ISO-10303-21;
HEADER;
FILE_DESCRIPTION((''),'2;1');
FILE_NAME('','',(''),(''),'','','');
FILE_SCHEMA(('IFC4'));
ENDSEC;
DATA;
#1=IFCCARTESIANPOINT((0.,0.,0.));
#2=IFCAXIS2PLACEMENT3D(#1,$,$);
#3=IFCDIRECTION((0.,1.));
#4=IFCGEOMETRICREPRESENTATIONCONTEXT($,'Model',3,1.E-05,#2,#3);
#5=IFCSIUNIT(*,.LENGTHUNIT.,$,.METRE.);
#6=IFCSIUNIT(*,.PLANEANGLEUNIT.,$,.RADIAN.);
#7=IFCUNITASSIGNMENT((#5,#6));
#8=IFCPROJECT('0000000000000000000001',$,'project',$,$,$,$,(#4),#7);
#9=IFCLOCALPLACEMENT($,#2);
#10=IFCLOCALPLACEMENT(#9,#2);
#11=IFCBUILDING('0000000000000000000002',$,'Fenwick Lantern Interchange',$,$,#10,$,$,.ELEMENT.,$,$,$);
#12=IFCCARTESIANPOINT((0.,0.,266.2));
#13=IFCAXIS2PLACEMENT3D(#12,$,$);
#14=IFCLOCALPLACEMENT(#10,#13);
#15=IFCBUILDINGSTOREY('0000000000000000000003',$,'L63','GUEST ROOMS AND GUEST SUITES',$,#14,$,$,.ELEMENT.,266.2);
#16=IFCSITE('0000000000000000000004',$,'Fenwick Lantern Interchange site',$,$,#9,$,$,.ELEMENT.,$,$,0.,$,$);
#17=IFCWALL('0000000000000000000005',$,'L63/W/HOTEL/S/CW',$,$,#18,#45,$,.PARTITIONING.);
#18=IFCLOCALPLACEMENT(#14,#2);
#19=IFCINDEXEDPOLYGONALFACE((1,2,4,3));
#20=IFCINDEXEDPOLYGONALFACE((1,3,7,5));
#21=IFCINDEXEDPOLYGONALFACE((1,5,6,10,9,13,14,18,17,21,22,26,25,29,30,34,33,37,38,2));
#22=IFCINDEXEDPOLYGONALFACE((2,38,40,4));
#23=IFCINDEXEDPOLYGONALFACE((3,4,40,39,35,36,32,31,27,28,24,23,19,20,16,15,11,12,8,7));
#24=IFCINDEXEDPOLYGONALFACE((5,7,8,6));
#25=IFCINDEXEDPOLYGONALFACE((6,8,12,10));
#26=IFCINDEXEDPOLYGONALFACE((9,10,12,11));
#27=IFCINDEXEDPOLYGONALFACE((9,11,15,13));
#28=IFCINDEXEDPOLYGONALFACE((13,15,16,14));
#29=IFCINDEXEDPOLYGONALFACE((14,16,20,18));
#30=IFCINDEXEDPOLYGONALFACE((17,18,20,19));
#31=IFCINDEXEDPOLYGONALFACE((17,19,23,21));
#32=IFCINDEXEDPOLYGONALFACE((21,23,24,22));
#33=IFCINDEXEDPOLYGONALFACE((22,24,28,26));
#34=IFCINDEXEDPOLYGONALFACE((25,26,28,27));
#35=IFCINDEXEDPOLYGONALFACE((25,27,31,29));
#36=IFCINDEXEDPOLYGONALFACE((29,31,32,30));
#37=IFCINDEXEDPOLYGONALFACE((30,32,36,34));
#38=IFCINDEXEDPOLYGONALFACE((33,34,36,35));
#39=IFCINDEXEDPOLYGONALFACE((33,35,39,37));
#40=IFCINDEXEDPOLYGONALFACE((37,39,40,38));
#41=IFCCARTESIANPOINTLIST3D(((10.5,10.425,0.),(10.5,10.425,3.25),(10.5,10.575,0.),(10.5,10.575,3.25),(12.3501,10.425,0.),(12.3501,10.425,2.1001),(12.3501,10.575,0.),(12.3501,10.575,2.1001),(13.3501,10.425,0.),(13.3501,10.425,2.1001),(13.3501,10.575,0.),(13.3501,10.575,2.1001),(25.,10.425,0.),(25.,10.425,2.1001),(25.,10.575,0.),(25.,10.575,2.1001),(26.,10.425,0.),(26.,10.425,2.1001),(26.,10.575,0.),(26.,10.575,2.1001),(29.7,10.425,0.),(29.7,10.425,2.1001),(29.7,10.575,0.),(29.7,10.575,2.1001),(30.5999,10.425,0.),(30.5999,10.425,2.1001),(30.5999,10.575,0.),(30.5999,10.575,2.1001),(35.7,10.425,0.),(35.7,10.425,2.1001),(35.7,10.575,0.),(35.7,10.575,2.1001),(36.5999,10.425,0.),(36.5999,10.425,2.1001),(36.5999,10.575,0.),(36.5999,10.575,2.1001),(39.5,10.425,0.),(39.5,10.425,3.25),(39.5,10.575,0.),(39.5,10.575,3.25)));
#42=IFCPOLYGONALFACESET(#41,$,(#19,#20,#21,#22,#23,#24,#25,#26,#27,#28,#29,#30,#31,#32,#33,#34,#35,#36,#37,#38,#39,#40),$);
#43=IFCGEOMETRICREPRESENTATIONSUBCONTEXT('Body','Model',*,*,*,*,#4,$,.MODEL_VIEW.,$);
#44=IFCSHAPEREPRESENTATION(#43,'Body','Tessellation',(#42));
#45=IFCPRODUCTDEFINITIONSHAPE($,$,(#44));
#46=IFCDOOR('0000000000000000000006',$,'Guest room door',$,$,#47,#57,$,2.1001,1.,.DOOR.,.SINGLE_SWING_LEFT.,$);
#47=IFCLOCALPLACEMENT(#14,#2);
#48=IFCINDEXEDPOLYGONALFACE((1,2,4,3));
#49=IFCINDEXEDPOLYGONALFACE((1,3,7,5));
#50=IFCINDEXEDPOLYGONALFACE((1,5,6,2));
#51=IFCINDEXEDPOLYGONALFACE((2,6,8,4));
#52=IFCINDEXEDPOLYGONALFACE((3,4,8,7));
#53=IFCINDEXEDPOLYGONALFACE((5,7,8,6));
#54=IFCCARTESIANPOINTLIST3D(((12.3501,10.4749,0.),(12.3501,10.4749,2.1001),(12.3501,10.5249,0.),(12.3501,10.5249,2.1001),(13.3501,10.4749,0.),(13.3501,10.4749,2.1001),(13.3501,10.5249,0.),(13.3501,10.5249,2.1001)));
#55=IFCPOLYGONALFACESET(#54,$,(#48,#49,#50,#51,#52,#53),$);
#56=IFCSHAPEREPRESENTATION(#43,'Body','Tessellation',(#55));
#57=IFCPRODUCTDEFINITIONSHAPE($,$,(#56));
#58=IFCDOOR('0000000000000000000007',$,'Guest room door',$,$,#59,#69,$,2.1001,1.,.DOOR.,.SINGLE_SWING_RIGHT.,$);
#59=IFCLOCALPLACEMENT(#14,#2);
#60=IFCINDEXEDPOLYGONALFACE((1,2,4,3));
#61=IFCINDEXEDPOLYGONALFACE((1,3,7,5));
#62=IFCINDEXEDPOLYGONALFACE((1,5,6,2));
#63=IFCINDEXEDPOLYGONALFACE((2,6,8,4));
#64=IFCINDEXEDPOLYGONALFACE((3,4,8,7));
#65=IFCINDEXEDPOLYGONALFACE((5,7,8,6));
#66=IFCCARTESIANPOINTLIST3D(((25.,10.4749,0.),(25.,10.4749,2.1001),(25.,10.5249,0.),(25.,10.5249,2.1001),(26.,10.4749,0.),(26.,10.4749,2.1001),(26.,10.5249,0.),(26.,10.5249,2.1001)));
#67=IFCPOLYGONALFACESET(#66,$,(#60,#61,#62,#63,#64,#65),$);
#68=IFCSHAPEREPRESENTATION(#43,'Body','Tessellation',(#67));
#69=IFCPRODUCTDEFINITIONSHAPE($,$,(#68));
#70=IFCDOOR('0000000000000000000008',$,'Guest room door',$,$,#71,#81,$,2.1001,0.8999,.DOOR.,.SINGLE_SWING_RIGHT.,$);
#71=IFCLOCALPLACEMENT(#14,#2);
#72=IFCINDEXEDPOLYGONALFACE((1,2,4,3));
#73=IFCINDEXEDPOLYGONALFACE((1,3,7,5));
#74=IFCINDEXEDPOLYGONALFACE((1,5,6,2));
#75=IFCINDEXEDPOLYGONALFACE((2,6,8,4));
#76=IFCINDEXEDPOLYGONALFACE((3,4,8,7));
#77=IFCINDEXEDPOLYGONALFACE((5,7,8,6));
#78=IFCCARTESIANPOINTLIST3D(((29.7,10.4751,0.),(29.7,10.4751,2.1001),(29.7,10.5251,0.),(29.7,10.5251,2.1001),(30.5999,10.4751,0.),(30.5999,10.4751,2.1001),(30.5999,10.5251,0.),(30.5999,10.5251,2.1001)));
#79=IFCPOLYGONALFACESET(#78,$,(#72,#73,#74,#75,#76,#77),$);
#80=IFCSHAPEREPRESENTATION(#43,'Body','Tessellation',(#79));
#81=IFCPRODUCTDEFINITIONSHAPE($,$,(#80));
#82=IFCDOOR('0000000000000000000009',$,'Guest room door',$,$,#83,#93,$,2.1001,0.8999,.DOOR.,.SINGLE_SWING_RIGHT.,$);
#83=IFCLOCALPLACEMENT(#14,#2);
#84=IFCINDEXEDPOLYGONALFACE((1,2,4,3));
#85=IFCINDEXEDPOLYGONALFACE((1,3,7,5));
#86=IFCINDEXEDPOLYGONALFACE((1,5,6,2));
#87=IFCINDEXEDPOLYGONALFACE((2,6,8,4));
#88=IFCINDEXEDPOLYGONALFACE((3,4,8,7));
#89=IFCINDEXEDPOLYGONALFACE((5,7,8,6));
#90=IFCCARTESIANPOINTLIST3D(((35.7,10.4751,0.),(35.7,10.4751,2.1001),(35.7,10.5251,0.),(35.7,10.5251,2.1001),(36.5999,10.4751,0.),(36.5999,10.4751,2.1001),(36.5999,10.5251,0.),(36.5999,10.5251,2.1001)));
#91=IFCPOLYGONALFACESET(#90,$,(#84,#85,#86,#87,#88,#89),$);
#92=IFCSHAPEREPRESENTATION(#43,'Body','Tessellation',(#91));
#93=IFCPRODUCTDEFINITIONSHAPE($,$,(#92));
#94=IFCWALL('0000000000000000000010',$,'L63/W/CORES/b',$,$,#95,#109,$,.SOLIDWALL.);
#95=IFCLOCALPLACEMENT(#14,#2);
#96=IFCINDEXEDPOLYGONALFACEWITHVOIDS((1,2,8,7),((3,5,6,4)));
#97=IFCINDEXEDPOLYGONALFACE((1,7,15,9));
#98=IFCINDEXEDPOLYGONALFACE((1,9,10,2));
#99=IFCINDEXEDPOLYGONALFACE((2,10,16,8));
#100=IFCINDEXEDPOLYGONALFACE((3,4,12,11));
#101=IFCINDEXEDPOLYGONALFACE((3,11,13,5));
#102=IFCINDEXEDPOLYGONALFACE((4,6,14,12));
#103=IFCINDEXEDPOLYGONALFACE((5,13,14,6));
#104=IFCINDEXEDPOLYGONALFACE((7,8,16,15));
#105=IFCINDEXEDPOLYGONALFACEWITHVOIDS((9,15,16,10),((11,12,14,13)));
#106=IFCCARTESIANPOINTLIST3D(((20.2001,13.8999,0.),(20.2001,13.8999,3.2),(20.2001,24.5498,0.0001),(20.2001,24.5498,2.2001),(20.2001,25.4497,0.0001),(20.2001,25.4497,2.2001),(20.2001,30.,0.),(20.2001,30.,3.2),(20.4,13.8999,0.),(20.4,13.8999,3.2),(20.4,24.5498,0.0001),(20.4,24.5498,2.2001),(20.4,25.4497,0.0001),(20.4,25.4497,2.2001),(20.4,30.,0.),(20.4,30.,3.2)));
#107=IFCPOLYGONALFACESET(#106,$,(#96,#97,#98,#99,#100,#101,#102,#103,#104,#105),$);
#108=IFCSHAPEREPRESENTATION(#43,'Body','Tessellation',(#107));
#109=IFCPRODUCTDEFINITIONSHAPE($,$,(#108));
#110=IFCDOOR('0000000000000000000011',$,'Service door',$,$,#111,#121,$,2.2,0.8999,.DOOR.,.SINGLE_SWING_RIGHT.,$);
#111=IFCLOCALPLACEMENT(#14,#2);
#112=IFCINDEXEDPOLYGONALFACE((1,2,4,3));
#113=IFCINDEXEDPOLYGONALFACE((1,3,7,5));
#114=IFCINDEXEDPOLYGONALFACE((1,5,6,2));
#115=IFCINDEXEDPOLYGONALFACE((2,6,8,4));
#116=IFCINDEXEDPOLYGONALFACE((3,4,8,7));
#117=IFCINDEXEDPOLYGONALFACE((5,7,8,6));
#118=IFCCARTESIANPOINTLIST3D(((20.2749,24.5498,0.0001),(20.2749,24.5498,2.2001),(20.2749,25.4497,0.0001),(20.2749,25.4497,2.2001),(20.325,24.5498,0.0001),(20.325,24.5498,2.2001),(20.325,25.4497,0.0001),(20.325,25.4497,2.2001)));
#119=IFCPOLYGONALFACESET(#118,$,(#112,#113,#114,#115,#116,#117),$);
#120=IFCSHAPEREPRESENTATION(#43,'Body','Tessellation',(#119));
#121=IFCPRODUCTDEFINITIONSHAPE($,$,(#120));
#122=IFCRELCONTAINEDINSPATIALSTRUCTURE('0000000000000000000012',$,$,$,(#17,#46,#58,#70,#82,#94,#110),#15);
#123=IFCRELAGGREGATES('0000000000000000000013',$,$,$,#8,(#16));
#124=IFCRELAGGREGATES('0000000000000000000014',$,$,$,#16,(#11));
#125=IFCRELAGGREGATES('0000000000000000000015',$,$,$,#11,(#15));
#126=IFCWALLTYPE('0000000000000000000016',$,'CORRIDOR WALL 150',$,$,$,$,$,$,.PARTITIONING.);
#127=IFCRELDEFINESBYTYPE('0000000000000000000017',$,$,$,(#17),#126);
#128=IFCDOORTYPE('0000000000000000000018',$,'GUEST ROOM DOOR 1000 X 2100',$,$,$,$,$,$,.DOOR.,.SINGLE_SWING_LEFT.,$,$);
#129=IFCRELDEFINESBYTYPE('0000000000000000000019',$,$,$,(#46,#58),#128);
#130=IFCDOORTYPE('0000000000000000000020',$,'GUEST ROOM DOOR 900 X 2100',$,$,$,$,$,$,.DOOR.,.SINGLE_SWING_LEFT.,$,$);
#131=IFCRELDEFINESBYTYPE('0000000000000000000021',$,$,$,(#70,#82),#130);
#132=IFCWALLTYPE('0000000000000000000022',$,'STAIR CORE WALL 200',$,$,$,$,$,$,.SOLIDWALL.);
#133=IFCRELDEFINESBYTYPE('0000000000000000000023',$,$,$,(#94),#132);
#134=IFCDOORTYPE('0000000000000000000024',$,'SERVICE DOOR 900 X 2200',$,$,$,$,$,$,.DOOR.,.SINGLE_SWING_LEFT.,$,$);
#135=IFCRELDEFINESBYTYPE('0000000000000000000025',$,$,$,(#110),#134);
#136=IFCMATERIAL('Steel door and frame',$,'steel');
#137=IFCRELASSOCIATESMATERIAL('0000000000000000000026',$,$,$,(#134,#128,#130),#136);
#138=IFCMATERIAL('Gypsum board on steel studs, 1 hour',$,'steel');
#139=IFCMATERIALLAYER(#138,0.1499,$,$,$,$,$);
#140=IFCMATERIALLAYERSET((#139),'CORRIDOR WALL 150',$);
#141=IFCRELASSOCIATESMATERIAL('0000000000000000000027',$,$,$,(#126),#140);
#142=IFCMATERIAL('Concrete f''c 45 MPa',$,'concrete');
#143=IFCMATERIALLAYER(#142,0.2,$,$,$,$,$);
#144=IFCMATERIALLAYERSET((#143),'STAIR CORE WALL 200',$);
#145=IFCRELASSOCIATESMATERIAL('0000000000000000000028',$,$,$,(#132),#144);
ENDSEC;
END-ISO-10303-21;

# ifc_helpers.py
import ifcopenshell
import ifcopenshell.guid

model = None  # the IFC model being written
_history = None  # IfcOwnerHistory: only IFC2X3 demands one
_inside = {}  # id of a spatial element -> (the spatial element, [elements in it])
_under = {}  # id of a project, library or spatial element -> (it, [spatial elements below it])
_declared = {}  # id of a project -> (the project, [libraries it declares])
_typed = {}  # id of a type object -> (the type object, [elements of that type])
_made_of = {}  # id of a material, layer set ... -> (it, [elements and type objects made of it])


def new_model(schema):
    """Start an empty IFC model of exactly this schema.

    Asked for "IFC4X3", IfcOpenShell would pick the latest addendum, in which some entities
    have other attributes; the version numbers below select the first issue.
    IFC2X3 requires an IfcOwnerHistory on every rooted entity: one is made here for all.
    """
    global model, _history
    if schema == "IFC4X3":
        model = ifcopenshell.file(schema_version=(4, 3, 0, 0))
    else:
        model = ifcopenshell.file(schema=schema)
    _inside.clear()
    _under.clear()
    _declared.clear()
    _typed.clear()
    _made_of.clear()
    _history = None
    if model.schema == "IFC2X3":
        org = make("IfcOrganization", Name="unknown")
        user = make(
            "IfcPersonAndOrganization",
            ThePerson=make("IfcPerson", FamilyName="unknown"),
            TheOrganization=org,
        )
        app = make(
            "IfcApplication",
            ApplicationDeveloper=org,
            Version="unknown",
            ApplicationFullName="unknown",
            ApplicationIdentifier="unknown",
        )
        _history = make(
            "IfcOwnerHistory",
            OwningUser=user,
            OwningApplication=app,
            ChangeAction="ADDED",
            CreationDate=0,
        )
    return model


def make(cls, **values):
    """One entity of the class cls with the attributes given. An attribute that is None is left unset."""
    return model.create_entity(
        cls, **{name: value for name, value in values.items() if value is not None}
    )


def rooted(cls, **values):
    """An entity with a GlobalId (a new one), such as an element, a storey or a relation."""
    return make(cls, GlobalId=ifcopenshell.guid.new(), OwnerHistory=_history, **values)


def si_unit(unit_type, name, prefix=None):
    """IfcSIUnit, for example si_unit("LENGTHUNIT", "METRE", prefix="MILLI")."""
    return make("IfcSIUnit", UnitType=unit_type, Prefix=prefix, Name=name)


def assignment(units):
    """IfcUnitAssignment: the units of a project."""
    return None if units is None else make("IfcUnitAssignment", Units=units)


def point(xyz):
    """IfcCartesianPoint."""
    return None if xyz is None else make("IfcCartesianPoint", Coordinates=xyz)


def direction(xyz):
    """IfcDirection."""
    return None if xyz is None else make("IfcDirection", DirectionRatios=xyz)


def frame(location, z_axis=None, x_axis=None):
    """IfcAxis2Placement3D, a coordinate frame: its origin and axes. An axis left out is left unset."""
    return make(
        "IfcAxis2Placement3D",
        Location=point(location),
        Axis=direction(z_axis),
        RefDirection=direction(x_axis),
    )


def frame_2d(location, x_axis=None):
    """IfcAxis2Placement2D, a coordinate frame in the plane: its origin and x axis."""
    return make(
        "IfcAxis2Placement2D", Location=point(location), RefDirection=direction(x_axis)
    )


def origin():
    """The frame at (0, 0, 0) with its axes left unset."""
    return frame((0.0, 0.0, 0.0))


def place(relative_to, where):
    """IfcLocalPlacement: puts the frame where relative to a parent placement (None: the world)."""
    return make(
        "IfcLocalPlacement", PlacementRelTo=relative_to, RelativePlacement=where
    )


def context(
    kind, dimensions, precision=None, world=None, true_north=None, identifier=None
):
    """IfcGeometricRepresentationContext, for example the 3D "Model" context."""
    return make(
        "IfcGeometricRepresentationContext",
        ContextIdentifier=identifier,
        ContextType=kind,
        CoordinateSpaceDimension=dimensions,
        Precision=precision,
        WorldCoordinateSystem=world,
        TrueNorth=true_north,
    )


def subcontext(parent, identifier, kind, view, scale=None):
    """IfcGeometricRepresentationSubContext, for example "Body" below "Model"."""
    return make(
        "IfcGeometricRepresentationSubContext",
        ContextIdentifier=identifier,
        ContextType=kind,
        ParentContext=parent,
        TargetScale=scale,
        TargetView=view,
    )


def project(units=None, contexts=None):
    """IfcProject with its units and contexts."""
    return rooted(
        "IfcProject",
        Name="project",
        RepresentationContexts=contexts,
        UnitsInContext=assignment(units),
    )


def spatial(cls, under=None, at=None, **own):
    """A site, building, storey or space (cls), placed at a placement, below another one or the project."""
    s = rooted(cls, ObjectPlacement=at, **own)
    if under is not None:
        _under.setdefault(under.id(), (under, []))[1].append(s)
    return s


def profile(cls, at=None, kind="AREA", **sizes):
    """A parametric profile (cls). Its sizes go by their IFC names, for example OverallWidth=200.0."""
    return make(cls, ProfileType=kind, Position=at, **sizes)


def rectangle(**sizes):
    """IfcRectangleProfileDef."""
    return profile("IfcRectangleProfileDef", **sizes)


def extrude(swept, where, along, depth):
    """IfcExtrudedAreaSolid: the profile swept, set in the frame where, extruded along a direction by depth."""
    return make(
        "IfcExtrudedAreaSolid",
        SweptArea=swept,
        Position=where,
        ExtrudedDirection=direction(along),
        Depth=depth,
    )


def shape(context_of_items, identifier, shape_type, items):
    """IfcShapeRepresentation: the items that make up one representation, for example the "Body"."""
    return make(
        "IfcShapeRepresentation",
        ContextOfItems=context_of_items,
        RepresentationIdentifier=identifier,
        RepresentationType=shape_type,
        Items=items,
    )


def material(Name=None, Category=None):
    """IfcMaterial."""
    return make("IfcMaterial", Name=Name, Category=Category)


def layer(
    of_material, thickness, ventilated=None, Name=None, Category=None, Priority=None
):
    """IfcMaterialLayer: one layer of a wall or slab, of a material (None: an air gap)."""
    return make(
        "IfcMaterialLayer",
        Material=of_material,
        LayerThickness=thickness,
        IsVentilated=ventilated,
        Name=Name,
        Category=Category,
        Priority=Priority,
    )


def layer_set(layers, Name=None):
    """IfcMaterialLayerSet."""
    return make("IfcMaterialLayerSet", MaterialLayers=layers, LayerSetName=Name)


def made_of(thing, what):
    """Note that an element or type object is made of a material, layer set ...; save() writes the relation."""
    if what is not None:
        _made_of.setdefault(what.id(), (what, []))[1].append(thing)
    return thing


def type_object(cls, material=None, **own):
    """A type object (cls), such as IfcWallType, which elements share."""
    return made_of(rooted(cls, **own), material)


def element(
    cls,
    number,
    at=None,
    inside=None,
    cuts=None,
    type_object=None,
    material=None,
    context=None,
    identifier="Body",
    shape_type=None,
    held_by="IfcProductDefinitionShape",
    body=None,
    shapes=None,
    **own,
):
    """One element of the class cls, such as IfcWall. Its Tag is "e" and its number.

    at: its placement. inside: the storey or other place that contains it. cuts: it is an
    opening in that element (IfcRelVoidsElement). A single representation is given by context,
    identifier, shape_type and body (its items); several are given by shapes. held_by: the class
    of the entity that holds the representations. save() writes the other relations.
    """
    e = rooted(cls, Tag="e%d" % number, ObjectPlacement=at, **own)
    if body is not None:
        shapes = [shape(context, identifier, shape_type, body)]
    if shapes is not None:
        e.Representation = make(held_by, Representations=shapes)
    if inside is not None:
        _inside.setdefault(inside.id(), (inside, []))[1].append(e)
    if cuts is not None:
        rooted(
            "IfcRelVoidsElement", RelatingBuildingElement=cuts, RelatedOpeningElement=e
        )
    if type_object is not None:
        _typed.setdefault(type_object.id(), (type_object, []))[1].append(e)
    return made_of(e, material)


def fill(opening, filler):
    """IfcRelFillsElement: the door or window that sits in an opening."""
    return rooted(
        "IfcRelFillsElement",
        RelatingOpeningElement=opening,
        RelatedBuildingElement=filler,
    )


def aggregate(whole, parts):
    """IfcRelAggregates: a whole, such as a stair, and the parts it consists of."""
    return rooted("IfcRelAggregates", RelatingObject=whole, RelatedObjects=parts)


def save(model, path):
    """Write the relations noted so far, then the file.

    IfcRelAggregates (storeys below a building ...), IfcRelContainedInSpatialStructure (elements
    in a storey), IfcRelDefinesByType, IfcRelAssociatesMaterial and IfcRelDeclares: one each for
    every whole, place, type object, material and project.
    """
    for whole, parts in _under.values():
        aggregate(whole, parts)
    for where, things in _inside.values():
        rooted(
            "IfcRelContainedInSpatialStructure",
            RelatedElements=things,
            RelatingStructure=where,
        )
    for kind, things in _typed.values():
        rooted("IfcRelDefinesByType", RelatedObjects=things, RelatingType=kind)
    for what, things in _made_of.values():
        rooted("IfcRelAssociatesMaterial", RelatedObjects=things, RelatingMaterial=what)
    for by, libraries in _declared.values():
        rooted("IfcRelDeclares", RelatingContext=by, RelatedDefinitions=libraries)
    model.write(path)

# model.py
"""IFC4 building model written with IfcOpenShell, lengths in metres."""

from ifc_helpers import new_model, si_unit, direction, frame, frame_2d, origin, place, context, subcontext, project, spatial, rectangle, extrude, material, layer, layer_set, type_object, element, fill, save


model = new_model("IFC4")

# Units and contexts
model_context = context("Model", 3, precision=1e-05, world=origin(), true_north=direction((0.0, 1.0)))
body_context = subcontext(model_context, "Body", "Model", "MODEL_VIEW")
ifc_project = project(units=[si_unit("LENGTHUNIT", "METRE"), si_unit("PLANEANGLEUNIT", "RADIAN")], contexts=[model_context])

# Site, building, storey
site_placement = place(None, origin())
site = spatial("IfcSite", under=ifc_project, at=site_placement, Name="Fenwick Lantern Interchange site", CompositionType="ELEMENT", RefElevation=0.0)
building_placement = place(site_placement, origin())
building = spatial("IfcBuilding", under=site, at=building_placement, Name="Fenwick Lantern Interchange", CompositionType="ELEMENT")
storey_placement = place(building_placement, frame((0.0, 0.0, 266.2)))
storey = spatial("IfcBuildingStorey", under=building, at=storey_placement, Name="L63", Description="GUEST ROOMS AND GUEST SUITES", CompositionType="ELEMENT", Elevation=266.2)

# Shared definitions
ifc_material_1 = material(Name="Steel door and frame", Category="steel")
door_type_1 = type_object("IfcDoorType", Name="SERVICE DOOR 900 X 2200", OperationType="SINGLE_SWING_LEFT", PredefinedType="DOOR", material=ifc_material_1)

# Wall, openings, doors
ifc_material_2 = material(Name="Gypsum board on steel studs, 1 hour", Category="steel")
ifc_layer_1 = layer(ifc_material_2, 0.1499)
ifc_layer_set_1 = layer_set([ifc_layer_1], Name="CORRIDOR WALL 150")
wall_type_1 = type_object("IfcWallType", Name="CORRIDOR WALL 150", PredefinedType="PARTITIONING", material=ifc_layer_set_1)
wall_1_placement = place(storey_placement, frame((10.5, 10.5, 0.0), z_axis=(0.0, 0.0, 1.0), x_axis=(1.0, 0.0, 0.0)))
wall_1 = element("IfcWall", 1, at=wall_1_placement, inside=storey, type_object=wall_type_1, Name="L63/W/HOTEL/S/CW", PredefinedType="PARTITIONING", context=body_context, shape_type="SweptSolid", body=[
    extrude(rectangle(XDim=29.0, YDim=0.1499, at=frame_2d((14.5, 0.0))), origin(), (0.0, 0.0, 1.0), 3.25),
])
opening_1_placement = place(wall_1_placement, frame((1.8501, 0.0, 0.0)))
opening_1 = element("IfcOpeningElement", 2, at=opening_1_placement, cuts=wall_1, PredefinedType="OPENING", context=body_context, shape_type="SweptSolid", body=[
    extrude(rectangle(XDim=1.0, YDim=2.1001, at=frame_2d((0.5, 1.05))), frame((0.0, 0.085, 0.0), z_axis=(0.0, -1.0, 0.0), x_axis=(1.0, 0.0, 0.0)), (0.0, 0.0, 1.0), 0.1699),
])
opening_2_placement = place(wall_1_placement, frame((14.5, 0.0, 0.0)))
opening_2 = element("IfcOpeningElement", 3, at=opening_2_placement, cuts=wall_1, PredefinedType="OPENING", context=body_context, shape_type="SweptSolid", body=[
    extrude(rectangle(XDim=1.0, YDim=2.1001, at=frame_2d((0.5, 1.05))), frame((0.0, 0.085, 0.0), z_axis=(0.0, -1.0, 0.0), x_axis=(1.0, 0.0, 0.0)), (0.0, 0.0, 1.0), 0.1699),
])
opening_3_placement = place(wall_1_placement, frame((19.2, 0.0, 0.0)))
opening_3 = element("IfcOpeningElement", 4, at=opening_3_placement, cuts=wall_1, PredefinedType="OPENING", context=body_context, shape_type="SweptSolid", body=[
    extrude(rectangle(XDim=0.8999, YDim=2.1001, at=frame_2d((0.45, 1.05))), frame((0.0, 0.085, 0.0), z_axis=(0.0, -1.0, 0.0), x_axis=(1.0, 0.0, 0.0)), (0.0, 0.0, 1.0), 0.1699),
])
opening_4_placement = place(wall_1_placement, frame((25.2, 0.0, 0.0)))
opening_4 = element("IfcOpeningElement", 5, at=opening_4_placement, cuts=wall_1, PredefinedType="OPENING", context=body_context, shape_type="SweptSolid", body=[
    extrude(rectangle(XDim=0.8999, YDim=2.1001, at=frame_2d((0.45, 1.05))), frame((0.0, 0.085, 0.0), z_axis=(0.0, -1.0, 0.0), x_axis=(1.0, 0.0, 0.0)), (0.0, 0.0, 1.0), 0.1699),
])
door_type_2 = type_object("IfcDoorType", Name="GUEST ROOM DOOR 1000 X 2100", OperationType="SINGLE_SWING_LEFT", PredefinedType="DOOR", material=ifc_material_1)
door_1_placement = place(opening_1_placement, origin())
door_1 = element("IfcDoor", 6, at=door_1_placement, inside=storey, type_object=door_type_2, Name="Guest room door", OperationType="SINGLE_SWING_LEFT", OverallHeight=2.1001, OverallWidth=1.0, PredefinedType="DOOR", context=body_context, shape_type="SweptSolid", body=[
    extrude(rectangle(XDim=1.0, YDim=2.1001, at=frame_2d((0.5, 1.05))), frame((0.0, 0.0249, 0.0), z_axis=(0.0, -1.0, 0.0), x_axis=(1.0, 0.0, 0.0)), (0.0, 0.0, 1.0), 0.05),
])
fill(opening_1, door_1)
door_2_placement = place(opening_2_placement, origin())
door_2 = element("IfcDoor", 7, at=door_2_placement, inside=storey, type_object=door_type_2, Name="Guest room door", OperationType="SINGLE_SWING_RIGHT", OverallHeight=2.1001, OverallWidth=1.0, PredefinedType="DOOR", context=body_context, shape_type="SweptSolid", body=[
    extrude(rectangle(XDim=1.0, YDim=2.1001, at=frame_2d((0.5, 1.05))), frame((0.0, 0.0249, 0.0), z_axis=(0.0, -1.0, 0.0), x_axis=(1.0, 0.0, 0.0)), (0.0, 0.0, 1.0), 0.05),
])
fill(opening_2, door_2)
door_type_3 = type_object("IfcDoorType", Name="GUEST ROOM DOOR 900 X 2100", OperationType="SINGLE_SWING_LEFT", PredefinedType="DOOR", material=ifc_material_1)
door_3_placement = place(opening_3_placement, frame((0.8999, 0.0, 0.0), z_axis=(0.0, 0.0, 1.0), x_axis=(-1.0, 0.0, 0.0)))
door_3 = element("IfcDoor", 8, at=door_3_placement, inside=storey, type_object=door_type_3, Name="Guest room door", OperationType="SINGLE_SWING_RIGHT", OverallHeight=2.1001, OverallWidth=0.8999, PredefinedType="DOOR", context=body_context, shape_type="SweptSolid", body=[
    extrude(rectangle(XDim=0.8999, YDim=2.1001, at=frame_2d((0.45, 1.05))), frame((0.0, 0.0249, 0.0), z_axis=(0.0, -1.0, 0.0), x_axis=(1.0, 0.0, 0.0)), (0.0, 0.0, 1.0), 0.05),
])
fill(opening_3, door_3)
door_4_placement = place(opening_4_placement, frame((0.8999, 0.0, 0.0), z_axis=(0.0, 0.0, 1.0), x_axis=(-1.0, 0.0, 0.0)))
door_4 = element("IfcDoor", 9, at=door_4_placement, inside=storey, type_object=door_type_3, Name="Guest room door", OperationType="SINGLE_SWING_RIGHT", OverallHeight=2.1001, OverallWidth=0.8999, PredefinedType="DOOR", context=body_context, shape_type="SweptSolid", body=[
    extrude(rectangle(XDim=0.8999, YDim=2.1001, at=frame_2d((0.45, 1.05))), frame((0.0, 0.0249, 0.0), z_axis=(0.0, -1.0, 0.0), x_axis=(1.0, 0.0, 0.0)), (0.0, 0.0, 1.0), 0.05),
])
fill(opening_4, door_4)

# Wall, opening, door
ifc_material_3 = material(Name="Concrete f'c 45 MPa", Category="concrete")
ifc_layer_2 = layer(ifc_material_3, 0.2)
ifc_layer_set_2 = layer_set([ifc_layer_2], Name="STAIR CORE WALL 200")
wall_type_2 = type_object("IfcWallType", Name="STAIR CORE WALL 200", PredefinedType="SOLIDWALL", material=ifc_layer_set_2)
wall_2_placement = place(storey_placement, frame((20.3, 13.8999, 0.0), z_axis=(0.0, 0.0, 1.0), x_axis=(0.0, 1.0, 0.0)))
wall_2 = element("IfcWall", 10, at=wall_2_placement, inside=storey, type_object=wall_type_2, Name="L63/W/CORES/b", PredefinedType="SOLIDWALL", context=body_context, shape_type="SweptSolid", body=[
    extrude(rectangle(XDim=16.1001, YDim=0.2, at=frame_2d((8.05, 0.0))), origin(), (0.0, 0.0, 1.0), 3.2),
])
opening_5_placement = place(wall_2_placement, frame((10.6499, 0.0, 0.0)))
opening_5 = element("IfcOpeningElement", 11, at=opening_5_placement, cuts=wall_2, PredefinedType="OPENING", context=body_context, shape_type="SweptSolid", body=[
    extrude(rectangle(XDim=0.8999, YDim=2.2, at=frame_2d((0.45, 1.1001))), frame((0.0, 0.1099, 0.0), z_axis=(0.0, -1.0, 0.0), x_axis=(1.0, 0.0, 0.0)), (0.0, 0.0, 1.0), 0.22),
])
door_5_placement = place(opening_5_placement, frame((0.8999, 0.0, 0.0), z_axis=(0.0, 0.0, 1.0), x_axis=(-1.0, 0.0, 0.0)))
door_5 = element("IfcDoor", 12, at=door_5_placement, inside=storey, type_object=door_type_1, Name="Service door", OperationType="SINGLE_SWING_RIGHT", OverallHeight=2.2, OverallWidth=0.8999, PredefinedType="DOOR", context=body_context, shape_type="SweptSolid", body=[
    extrude(rectangle(XDim=0.8999, YDim=2.2, at=frame_2d((0.45, 1.1001))), frame((0.0, 0.0249, 0.0), z_axis=(0.0, -1.0, 0.0), x_axis=(1.0, 0.0, 0.0)), (0.0, 0.0, 1.0), 0.05),
])
fill(opening_5, door_5)

save(model, "model.ifc")
